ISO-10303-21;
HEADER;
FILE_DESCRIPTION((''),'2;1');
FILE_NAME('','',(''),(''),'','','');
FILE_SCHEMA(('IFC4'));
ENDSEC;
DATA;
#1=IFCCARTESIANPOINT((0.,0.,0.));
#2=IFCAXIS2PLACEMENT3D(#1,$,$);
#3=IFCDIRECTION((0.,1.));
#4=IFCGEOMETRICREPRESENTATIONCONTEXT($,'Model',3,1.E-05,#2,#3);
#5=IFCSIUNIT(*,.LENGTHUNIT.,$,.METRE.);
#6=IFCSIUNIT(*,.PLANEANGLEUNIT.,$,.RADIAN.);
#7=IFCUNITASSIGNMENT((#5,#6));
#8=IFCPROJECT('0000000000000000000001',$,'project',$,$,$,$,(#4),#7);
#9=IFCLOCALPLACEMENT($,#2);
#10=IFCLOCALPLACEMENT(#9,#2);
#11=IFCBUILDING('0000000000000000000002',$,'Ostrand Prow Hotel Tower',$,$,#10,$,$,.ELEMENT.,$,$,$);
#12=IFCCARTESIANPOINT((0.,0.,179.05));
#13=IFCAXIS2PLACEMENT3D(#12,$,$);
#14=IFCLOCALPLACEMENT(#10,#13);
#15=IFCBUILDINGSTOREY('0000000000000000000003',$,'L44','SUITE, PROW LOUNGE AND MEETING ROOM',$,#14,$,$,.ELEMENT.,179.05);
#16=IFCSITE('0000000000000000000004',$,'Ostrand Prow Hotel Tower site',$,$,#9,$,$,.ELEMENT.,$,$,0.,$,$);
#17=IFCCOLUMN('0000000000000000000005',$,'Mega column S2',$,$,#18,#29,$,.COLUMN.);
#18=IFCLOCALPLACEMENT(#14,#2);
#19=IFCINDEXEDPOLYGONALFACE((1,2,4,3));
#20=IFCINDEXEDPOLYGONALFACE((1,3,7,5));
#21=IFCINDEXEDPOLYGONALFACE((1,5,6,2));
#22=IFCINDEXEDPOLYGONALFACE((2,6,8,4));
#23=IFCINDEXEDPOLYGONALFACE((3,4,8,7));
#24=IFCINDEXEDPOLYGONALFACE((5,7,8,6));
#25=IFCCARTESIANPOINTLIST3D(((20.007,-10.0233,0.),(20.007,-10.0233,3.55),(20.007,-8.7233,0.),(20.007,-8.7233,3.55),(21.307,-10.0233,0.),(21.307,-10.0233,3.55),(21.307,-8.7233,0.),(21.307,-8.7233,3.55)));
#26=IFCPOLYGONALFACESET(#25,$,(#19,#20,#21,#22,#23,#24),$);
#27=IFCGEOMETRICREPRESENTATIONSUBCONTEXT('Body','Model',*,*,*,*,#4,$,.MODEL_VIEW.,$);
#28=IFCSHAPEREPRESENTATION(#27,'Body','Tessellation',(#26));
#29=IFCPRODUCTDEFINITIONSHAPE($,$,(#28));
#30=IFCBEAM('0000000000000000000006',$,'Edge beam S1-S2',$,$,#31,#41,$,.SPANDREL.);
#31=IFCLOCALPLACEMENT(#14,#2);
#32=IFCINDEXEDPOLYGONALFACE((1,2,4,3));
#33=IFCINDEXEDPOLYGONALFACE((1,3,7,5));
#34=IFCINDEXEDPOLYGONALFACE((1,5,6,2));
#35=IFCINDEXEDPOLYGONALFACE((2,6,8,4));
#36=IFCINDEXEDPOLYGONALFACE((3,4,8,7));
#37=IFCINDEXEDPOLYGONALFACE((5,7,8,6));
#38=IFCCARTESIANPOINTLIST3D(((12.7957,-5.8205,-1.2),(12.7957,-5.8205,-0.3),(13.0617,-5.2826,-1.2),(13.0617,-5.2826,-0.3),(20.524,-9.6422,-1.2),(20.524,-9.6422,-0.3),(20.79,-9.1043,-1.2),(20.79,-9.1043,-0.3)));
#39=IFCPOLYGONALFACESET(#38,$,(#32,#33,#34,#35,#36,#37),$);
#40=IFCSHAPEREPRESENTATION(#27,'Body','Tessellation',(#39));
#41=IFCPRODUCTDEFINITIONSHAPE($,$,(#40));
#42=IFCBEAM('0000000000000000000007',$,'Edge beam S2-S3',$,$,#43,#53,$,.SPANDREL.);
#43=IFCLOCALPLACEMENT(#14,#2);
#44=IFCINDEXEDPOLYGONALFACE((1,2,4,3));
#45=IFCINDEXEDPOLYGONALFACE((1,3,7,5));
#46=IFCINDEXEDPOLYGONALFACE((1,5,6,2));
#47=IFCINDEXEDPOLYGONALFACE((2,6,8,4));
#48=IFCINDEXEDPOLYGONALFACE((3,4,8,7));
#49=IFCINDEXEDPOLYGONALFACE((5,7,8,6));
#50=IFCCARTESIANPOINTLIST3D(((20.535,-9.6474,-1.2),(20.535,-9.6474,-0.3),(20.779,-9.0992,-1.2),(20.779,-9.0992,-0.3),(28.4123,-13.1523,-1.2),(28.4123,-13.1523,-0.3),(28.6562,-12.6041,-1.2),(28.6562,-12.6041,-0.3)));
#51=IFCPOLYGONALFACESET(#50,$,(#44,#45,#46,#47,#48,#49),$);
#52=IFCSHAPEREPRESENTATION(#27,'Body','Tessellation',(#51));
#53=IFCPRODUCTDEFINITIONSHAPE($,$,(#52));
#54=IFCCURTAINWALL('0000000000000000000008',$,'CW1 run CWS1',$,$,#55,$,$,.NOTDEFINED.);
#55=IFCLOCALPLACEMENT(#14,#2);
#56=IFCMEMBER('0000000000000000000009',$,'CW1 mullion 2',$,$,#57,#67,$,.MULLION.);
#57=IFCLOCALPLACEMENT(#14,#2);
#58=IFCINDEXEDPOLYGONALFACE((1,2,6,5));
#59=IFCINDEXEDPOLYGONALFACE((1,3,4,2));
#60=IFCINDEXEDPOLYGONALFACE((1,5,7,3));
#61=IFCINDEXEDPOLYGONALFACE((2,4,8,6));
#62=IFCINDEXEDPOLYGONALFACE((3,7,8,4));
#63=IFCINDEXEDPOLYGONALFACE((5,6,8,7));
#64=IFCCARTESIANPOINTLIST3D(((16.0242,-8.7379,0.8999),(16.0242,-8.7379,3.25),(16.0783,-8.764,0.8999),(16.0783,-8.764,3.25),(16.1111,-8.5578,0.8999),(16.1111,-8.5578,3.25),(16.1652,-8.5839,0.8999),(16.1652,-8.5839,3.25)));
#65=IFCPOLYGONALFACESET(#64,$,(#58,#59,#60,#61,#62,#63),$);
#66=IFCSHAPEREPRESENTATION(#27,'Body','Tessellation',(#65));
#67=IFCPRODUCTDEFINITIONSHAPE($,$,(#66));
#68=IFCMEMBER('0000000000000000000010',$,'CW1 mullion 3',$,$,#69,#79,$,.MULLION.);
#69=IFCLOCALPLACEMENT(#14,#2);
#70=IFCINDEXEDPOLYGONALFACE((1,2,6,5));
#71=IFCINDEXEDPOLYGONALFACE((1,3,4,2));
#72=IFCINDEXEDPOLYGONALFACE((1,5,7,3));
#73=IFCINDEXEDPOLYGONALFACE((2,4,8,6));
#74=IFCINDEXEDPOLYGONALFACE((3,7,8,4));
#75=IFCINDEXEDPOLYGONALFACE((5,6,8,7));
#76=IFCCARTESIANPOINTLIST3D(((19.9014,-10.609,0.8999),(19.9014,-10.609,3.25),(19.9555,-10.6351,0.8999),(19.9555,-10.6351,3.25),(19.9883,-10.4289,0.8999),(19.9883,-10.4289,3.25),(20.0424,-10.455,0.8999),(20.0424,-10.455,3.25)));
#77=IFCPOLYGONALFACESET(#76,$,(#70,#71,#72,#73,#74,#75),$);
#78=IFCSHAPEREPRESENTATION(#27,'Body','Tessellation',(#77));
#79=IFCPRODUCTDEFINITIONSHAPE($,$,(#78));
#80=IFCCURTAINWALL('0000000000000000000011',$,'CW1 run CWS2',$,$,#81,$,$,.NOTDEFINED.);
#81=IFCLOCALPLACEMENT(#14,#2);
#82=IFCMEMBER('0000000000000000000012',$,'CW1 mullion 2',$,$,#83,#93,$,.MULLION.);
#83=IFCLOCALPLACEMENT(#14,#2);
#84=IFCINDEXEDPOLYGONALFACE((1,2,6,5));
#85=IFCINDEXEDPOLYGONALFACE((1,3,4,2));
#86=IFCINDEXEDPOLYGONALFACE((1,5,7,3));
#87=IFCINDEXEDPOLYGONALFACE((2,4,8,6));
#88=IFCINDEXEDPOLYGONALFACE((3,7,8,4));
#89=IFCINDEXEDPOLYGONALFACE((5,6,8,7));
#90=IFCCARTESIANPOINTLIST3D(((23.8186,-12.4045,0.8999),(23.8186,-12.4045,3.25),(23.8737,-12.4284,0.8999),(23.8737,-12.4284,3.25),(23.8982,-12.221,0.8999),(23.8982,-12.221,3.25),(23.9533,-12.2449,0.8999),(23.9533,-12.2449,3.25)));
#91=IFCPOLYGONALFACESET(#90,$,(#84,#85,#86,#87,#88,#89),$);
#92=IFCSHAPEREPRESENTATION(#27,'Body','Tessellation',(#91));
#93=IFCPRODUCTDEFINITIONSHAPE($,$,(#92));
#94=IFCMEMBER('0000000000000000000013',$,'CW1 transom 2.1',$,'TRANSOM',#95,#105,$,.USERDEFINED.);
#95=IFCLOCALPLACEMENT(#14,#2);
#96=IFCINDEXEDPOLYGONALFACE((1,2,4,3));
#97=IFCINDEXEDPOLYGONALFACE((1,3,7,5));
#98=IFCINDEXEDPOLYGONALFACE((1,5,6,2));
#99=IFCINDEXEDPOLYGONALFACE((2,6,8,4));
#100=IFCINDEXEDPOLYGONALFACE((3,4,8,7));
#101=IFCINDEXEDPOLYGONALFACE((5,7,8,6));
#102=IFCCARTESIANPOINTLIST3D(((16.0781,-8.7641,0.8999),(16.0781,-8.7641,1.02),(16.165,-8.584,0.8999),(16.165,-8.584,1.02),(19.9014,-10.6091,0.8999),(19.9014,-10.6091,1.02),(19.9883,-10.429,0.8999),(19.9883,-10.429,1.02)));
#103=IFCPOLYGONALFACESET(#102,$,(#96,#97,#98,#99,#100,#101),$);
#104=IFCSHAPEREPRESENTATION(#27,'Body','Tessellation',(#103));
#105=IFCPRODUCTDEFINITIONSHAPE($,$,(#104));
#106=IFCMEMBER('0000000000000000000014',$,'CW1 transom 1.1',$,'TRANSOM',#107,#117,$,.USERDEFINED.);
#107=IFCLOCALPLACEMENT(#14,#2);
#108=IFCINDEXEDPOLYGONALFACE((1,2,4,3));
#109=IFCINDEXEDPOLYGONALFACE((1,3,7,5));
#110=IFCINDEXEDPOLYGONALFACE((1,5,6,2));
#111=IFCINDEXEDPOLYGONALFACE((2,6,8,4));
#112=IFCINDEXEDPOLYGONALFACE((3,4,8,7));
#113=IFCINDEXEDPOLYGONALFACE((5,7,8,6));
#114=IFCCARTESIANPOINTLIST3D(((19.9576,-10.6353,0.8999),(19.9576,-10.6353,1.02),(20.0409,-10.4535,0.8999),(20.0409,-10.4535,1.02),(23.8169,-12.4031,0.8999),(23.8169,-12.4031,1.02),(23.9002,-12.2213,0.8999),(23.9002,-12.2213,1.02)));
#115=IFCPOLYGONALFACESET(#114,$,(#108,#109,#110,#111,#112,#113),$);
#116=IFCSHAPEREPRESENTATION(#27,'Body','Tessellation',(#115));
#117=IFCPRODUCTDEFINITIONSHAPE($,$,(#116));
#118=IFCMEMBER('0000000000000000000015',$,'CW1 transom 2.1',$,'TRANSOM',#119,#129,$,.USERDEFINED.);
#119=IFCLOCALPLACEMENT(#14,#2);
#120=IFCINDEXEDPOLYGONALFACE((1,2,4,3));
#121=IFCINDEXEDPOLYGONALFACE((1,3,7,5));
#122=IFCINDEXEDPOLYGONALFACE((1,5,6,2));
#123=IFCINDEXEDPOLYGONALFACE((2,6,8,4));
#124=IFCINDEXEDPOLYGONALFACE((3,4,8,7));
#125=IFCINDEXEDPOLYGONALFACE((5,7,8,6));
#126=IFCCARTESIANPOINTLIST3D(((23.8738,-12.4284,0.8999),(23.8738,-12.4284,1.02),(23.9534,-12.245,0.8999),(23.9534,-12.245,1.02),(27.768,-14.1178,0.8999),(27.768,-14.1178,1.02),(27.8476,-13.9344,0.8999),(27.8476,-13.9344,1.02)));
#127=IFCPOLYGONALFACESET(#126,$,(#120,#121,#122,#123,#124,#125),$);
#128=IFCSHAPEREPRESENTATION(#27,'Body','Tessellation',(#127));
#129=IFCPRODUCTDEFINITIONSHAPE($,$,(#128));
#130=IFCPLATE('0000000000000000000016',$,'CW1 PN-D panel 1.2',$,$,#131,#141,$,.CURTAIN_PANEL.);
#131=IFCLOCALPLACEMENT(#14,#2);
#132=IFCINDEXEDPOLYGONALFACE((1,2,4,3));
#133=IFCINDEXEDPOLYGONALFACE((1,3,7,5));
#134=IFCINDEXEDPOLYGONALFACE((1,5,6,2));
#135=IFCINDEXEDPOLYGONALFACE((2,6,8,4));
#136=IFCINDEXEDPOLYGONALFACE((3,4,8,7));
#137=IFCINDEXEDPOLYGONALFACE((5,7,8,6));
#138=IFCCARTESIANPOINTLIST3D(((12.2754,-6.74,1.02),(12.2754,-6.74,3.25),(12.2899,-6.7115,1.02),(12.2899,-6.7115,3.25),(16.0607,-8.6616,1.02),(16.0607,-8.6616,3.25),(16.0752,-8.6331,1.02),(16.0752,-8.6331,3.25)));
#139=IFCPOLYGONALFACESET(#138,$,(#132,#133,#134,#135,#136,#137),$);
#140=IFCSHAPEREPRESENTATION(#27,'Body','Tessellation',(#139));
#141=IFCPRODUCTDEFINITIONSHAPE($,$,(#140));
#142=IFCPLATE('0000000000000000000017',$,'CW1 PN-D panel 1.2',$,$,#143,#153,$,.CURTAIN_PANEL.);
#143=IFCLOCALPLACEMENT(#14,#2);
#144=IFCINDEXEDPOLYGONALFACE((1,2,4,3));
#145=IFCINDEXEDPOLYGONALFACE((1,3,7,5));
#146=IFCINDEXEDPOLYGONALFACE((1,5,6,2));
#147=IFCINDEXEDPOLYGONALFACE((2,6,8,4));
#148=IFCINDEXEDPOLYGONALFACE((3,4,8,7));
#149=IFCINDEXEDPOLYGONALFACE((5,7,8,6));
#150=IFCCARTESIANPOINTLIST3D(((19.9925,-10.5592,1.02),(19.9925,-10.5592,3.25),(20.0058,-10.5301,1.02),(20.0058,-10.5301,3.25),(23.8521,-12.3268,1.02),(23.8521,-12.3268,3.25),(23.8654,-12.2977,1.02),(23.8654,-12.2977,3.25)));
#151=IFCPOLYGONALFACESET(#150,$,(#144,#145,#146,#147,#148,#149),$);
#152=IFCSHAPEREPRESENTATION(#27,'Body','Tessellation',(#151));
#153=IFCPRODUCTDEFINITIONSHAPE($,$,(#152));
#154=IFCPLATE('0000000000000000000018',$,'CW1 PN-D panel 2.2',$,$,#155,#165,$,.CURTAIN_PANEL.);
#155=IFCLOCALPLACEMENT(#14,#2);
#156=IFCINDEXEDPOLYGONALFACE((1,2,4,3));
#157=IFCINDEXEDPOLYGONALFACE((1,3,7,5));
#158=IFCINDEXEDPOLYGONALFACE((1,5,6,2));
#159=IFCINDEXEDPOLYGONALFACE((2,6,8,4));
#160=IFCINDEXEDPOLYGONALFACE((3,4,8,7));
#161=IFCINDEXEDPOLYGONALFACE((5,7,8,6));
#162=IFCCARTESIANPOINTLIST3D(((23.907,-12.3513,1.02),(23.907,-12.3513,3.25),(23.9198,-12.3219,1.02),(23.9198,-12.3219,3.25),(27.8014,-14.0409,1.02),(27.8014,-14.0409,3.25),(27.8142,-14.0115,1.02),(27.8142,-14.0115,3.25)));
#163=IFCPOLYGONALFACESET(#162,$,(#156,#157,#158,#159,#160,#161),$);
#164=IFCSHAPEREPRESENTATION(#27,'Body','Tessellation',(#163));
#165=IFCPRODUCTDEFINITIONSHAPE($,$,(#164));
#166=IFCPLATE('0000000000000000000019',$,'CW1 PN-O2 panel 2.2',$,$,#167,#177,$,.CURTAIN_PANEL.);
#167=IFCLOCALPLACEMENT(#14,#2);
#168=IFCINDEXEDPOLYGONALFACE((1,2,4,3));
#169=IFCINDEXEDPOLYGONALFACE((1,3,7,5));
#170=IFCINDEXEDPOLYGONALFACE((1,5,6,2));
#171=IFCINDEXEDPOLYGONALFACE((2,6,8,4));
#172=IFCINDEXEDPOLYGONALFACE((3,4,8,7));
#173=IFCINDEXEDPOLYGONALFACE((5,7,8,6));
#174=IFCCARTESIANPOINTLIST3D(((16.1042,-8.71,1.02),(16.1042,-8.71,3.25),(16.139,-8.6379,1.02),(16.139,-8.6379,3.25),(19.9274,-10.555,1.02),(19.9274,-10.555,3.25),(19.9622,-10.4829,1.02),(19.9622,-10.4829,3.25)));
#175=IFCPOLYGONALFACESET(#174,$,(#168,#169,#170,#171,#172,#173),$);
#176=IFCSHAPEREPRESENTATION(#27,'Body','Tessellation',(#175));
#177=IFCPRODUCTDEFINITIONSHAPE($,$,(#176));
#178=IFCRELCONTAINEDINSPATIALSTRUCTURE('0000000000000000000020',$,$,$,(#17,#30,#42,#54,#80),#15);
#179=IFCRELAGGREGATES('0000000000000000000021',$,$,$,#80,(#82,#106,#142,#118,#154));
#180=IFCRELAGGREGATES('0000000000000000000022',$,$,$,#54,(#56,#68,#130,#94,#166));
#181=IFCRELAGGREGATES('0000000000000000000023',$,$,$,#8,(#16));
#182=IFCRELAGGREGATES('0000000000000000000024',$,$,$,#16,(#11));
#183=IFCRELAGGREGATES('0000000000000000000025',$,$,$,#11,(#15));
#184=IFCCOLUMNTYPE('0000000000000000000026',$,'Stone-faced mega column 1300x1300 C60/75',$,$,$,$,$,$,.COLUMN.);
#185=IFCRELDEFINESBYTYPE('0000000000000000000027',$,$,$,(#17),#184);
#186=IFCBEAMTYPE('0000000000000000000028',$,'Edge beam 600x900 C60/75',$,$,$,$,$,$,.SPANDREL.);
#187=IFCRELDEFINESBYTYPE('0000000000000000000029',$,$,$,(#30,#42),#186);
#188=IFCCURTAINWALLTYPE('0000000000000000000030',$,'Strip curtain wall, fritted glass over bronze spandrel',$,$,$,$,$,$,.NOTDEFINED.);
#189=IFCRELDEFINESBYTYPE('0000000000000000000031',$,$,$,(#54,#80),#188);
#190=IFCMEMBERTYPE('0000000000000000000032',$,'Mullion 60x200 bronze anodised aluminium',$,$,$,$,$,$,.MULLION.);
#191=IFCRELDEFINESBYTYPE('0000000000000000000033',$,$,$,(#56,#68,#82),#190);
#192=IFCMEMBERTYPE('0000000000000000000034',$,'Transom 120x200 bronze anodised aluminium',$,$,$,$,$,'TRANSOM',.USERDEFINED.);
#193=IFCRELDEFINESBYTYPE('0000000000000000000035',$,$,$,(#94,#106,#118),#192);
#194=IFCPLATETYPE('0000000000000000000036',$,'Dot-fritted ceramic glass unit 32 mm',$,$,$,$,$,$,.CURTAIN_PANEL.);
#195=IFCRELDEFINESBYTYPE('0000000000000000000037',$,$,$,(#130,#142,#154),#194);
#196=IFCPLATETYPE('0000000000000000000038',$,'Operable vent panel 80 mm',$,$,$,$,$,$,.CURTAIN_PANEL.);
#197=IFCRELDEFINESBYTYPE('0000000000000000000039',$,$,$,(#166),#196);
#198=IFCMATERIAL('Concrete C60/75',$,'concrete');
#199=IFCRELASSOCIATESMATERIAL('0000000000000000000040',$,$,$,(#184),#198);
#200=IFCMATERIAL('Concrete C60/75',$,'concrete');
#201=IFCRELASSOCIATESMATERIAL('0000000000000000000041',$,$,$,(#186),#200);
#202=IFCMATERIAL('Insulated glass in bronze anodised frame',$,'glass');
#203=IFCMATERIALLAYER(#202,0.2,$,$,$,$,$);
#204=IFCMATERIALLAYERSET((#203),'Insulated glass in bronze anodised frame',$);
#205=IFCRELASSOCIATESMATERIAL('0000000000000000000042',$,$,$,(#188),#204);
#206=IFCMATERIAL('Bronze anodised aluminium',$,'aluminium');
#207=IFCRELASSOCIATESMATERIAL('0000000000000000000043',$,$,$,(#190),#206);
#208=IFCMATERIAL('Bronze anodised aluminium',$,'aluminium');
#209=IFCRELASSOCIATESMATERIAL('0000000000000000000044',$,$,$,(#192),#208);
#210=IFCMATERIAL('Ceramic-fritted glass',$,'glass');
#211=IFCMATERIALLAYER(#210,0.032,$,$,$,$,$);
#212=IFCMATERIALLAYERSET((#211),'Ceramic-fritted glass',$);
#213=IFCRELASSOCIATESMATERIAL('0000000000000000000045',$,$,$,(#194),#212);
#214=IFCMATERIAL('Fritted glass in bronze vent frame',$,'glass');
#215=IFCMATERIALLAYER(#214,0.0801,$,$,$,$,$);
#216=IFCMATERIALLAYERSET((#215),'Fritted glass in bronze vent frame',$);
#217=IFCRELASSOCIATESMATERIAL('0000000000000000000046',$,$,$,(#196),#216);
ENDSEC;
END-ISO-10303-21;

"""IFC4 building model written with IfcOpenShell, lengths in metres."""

from ifc_helpers import new_model, si_unit, direction, frame, origin, origin_2d, place, context, subcontext, project, spatial, rectangle, extrude, material, layer, layer_set, material_profile, profile_set, type_object, element, aggregate, save


model = new_model("IFC4")

# Units and contexts
model_context = context("Model", 3, precision=1e-05, world=origin(), true_north=direction((0.0, 1.0)))
body_context = subcontext(model_context, "Body", "Model", "MODEL_VIEW")
ifc_project = project(units=[si_unit("LENGTHUNIT", "METRE"), si_unit("PLANEANGLEUNIT", "RADIAN")], contexts=[model_context])

# Site, building, storey
site_placement = place(None, origin())
site = spatial("IfcSite", under=ifc_project, at=site_placement, Name="Ostrand Prow Hotel Tower site", CompositionType="ELEMENT", RefElevation=0.0)
building_placement = place(site_placement, origin())
building = spatial("IfcBuilding", under=site, at=building_placement, Name="Ostrand Prow Hotel Tower", CompositionType="ELEMENT")
storey_placement = place(building_placement, frame((0.0, 0.0, 179.05)))
storey = spatial("IfcBuildingStorey", under=building, at=storey_placement, Name="L44", Description="SUITE, PROW LOUNGE AND MEETING ROOM", CompositionType="ELEMENT", Elevation=179.05)

# Column
ifc_material_1 = material(Name="Concrete C60/75", Category="concrete")
ifc_material_profile_1 = material_profile(ifc_material_1, rectangle(XDim=1.3, YDim=1.3, at=origin_2d()), Name="RC 1300x1300")
ifc_profile_set_1 = profile_set([ifc_material_profile_1], Name="Concrete C60/75")
column_type = type_object("IfcColumnType", Name="Stone-faced mega column 1300x1300 C60/75", PredefinedType="COLUMN", material=ifc_profile_set_1)
column_placement = place(storey_placement, frame((20.657, -9.3733, 0.0), z_axis=(0.0, 0.0, 1.0), x_axis=(1.0, 0.0, 0.0)))
element("IfcColumn", 1, at=column_placement, inside=storey, type_object=column_type, Name="Mega column S2", PredefinedType="COLUMN", context=body_context, shape_type="SweptSolid", body=[
    extrude(rectangle(XDim=1.3, YDim=1.3, at=origin_2d()), origin(), (0.0, 0.0, 1.0), 3.55),
])

# Beams
ifc_material_2 = material(Name="Concrete C60/75", Category="concrete")
ifc_material_profile_2 = material_profile(ifc_material_2, rectangle(XDim=0.6001, YDim=0.8999, at=origin_2d()), Name="RC 600x900")
ifc_profile_set_2 = profile_set([ifc_material_profile_2], Name="Concrete C60/75")
beam_type = type_object("IfcBeamType", Name="Edge beam 600x900 C60/75", PredefinedType="SPANDREL", material=ifc_profile_set_2)
beam_1_placement = place(storey_placement, frame((12.9287, -5.5515, -0.75), z_axis=(0.896384, -0.443279, 0.0), x_axis=(0.443279, 0.896384, 0.0)))
element("IfcBeam", 2, at=beam_1_placement, inside=storey, type_object=beam_type, Name="Edge beam S1-S2", PredefinedType="SPANDREL", context=body_context, shape_type="SweptSolid", body=[
    extrude(rectangle(XDim=0.6001, YDim=0.8999, at=origin_2d()), origin(), (0.0, 0.0, 1.0), 8.6216),
])
beam_2_placement = place(storey_placement, frame((20.657, -9.3733, -0.75), z_axis=(0.913643, -0.406517, 0.0), x_axis=(0.406517, 0.913643, 0.0)))
element("IfcBeam", 3, at=beam_2_placement, inside=storey, type_object=beam_type, Name="Edge beam S2-S3", PredefinedType="SPANDREL", context=body_context, shape_type="SweptSolid", body=[
    extrude(rectangle(XDim=0.6001, YDim=0.8999, at=origin_2d()), origin(), (0.0, 0.0, 1.0), 8.6218),
])

# Curtain wall, members
ifc_material_3 = material(Name="Insulated glass in bronze anodised frame", Category="glass")
ifc_layer_1 = layer(ifc_material_3, 0.2)
ifc_layer_set_1 = layer_set([ifc_layer_1], Name="Insulated glass in bronze anodised frame")
curtain_wall_type = type_object("IfcCurtainWallType", Name="Strip curtain wall, fritted glass over bronze spandrel", PredefinedType="NOTDEFINED", material=ifc_layer_set_1)
curtain_wall_1_placement = place(storey_placement, origin())
curtain_wall_1 = element("IfcCurtainWall", 4, at=curtain_wall_1_placement, inside=storey, type_object=curtain_wall_type, Name="CW1 run CWS1", PredefinedType="NOTDEFINED")
ifc_material_4 = material(Name="Bronze anodised aluminium", Category="aluminium")
ifc_material_profile_3 = material_profile(ifc_material_4, rectangle(XDim=0.2, YDim=0.0601, at=origin_2d()), Name="Mullion 60x200 bronze anodised aluminium")
ifc_profile_set_3 = profile_set([ifc_material_profile_3], Name="Bronze anodised aluminium")
member_type_1 = type_object("IfcMemberType", Name="Mullion 60x200 bronze anodised aluminium", PredefinedType="MULLION", material=ifc_profile_set_3)
member_1_placement = place(storey_placement, frame((16.0947, -8.6609, 0.8999), z_axis=(0.0, 0.0, 1.0), x_axis=(0.434615, 0.900616, 0.0)))
member_1 = element("IfcMember", 5, at=member_1_placement, type_object=member_type_1, Name="CW1 mullion 2", PredefinedType="MULLION", context=body_context, shape_type="SweptSolid", body=[
    extrude(rectangle(XDim=0.2, YDim=0.0601, at=origin_2d()), origin(), (0.0, 0.0, 1.0), 2.3501),
])
member_2_placement = place(storey_placement, frame((19.9719, -10.532, 0.8999), z_axis=(0.0, 0.0, 1.0), x_axis=(0.434615, 0.900616, 0.0)))
member_2 = element("IfcMember", 6, at=member_2_placement, type_object=member_type_1, Name="CW1 mullion 3", PredefinedType="MULLION", context=body_context, shape_type="SweptSolid", body=[
    extrude(rectangle(XDim=0.2, YDim=0.0601, at=origin_2d()), origin(), (0.0, 0.0, 1.0), 2.3501),
])

# Curtain wall, member
curtain_wall_2_placement = place(storey_placement, origin())
curtain_wall_2 = element("IfcCurtainWall", 7, at=curtain_wall_2_placement, inside=storey, type_object=curtain_wall_type, Name="CW1 run CWS2", PredefinedType="NOTDEFINED")
member_3_placement = place(storey_placement, frame((23.886, -12.3247, 0.8999), z_axis=(0.0, 0.0, 1.0), x_axis=(0.398005, 0.917383, 0.0)))
member_3 = element("IfcMember", 8, at=member_3_placement, type_object=member_type_1, Name="CW1 mullion 2", PredefinedType="MULLION", context=body_context, shape_type="SweptSolid", body=[
    extrude(rectangle(XDim=0.2, YDim=0.0601, at=origin_2d()), origin(), (0.0, 0.0, 1.0), 2.3501),
])

# Members
ifc_material_5 = material(Name="Bronze anodised aluminium", Category="aluminium")
ifc_material_profile_4 = material_profile(ifc_material_5, rectangle(XDim=0.2, YDim=0.1201, at=origin_2d()), Name="Transom 120x200 bronze anodised aluminium")
ifc_profile_set_4 = profile_set([ifc_material_profile_4], Name="Bronze anodised aluminium")
member_type_2 = type_object("IfcMemberType", Name="Transom 120x200 bronze anodised aluminium", ElementType="TRANSOM", PredefinedType="USERDEFINED", material=ifc_profile_set_4)
member_4_placement = place(storey_placement, frame((16.1216, -8.6741, 0.96), z_axis=(0.900619, -0.434609, 0.0), x_axis=(0.434609, 0.900619, 0.0)))
member_4 = element("IfcMember", 9, at=member_4_placement, type_object=member_type_2, Name="CW1 transom 2.1", ObjectType="TRANSOM", PredefinedType="USERDEFINED", context=body_context, shape_type="SweptSolid", body=[
    extrude(rectangle(XDim=0.2, YDim=0.1201, at=origin_2d()), origin(), (0.0, 0.0, 1.0), 4.2451),
])
member_5_placement = place(storey_placement, frame((19.9993, -10.5444, 0.96), z_axis=(0.909159, -0.416449, 0.0), x_axis=(0.416449, 0.909159, 0.0)))
member_5 = element("IfcMember", 10, at=member_5_placement, type_object=member_type_2, Name="CW1 transom 1.1", ObjectType="TRANSOM", PredefinedType="USERDEFINED", context=body_context, shape_type="SweptSolid", body=[
    extrude(rectangle(XDim=0.2, YDim=0.1201, at=origin_2d()), origin(), (0.0, 0.0, 1.0), 4.2449),
])
member_6_placement = place(storey_placement, frame((23.9136, -12.3367, 0.96), z_axis=(0.91739, -0.39799, 0.0), x_axis=(0.39799, 0.91739, 0.0)))
member_6 = element("IfcMember", 11, at=member_6_placement, type_object=member_type_2, Name="CW1 transom 2.1", ObjectType="TRANSOM", PredefinedType="USERDEFINED", context=body_context, shape_type="SweptSolid", body=[
    extrude(rectangle(XDim=0.2, YDim=0.1201, at=origin_2d()), origin(), (0.0, 0.0, 1.0), 4.2449),
])

# Plates
ifc_material_6 = material(Name="Ceramic-fritted glass", Category="glass")
ifc_layer_2 = layer(ifc_material_6, 0.032)
ifc_layer_set_2 = layer_set([ifc_layer_2], Name="Ceramic-fritted glass")
plate_type_1 = type_object("IfcPlateType", Name="Dot-fritted ceramic glass unit 32 mm", PredefinedType="CURTAIN_PANEL", material=ifc_layer_set_2)
plate_1_placement = place(storey_placement, frame((14.1753, -7.6865, 1.02), z_axis=(0.0, 0.0, 1.0), x_axis=(0.891684, -0.452659, 0.0)))
plate_1 = element("IfcPlate", 12, at=plate_1_placement, type_object=plate_type_1, Name="CW1 PN-D panel 1.2", PredefinedType="CURTAIN_PANEL", context=body_context, shape_type="SweptSolid", body=[
    extrude(rectangle(XDim=4.2451, YDim=0.032, at=origin_2d()), origin(), (0.0, 0.0, 1.0), 2.23),
])
plate_2_placement = place(storey_placement, frame((21.929, -11.4285, 1.02), z_axis=(0.0, 0.0, 1.0), x_axis=(0.909185, -0.416393, 0.0)))
plate_2 = element("IfcPlate", 13, at=plate_2_placement, type_object=plate_type_1, Name="CW1 PN-D panel 1.2", PredefinedType="CURTAIN_PANEL", context=body_context, shape_type="SweptSolid", body=[
    extrude(rectangle(XDim=4.2451, YDim=0.032, at=origin_2d()), origin(), (0.0, 0.0, 1.0), 2.23),
])
plate_3_placement = place(storey_placement, frame((25.8606, -13.1814, 1.02), z_axis=(0.0, 0.0, 1.0), x_axis=(0.917383, -0.398005, 0.0)))
plate_3 = element("IfcPlate", 14, at=plate_3_placement, type_object=plate_type_1, Name="CW1 PN-D panel 2.2", PredefinedType="CURTAIN_PANEL", context=body_context, shape_type="SweptSolid", body=[
    extrude(rectangle(XDim=4.2451, YDim=0.032, at=origin_2d()), origin(), (0.0, 0.0, 1.0), 2.23),
])
aggregate(curtain_wall_2, [member_3, member_5, plate_2, member_6, plate_3])
ifc_material_7 = material(Name="Fritted glass in bronze vent frame", Category="glass")
ifc_layer_3 = layer(ifc_material_7, 0.0801)
ifc_layer_set_3 = layer_set([ifc_layer_3], Name="Fritted glass in bronze vent frame")
plate_type_2 = type_object("IfcPlateType", Name="Operable vent panel 80 mm", PredefinedType="CURTAIN_PANEL", material=ifc_layer_set_3)
plate_4_placement = place(storey_placement, frame((18.0332, -9.5964, 1.02), z_axis=(0.0, 0.0, 1.0), x_axis=(0.900616, -0.434615, 0.0)))
plate_4 = element("IfcPlate", 15, at=plate_4_placement, type_object=plate_type_2, Name="CW1 PN-O2 panel 2.2", PredefinedType="CURTAIN_PANEL", context=body_context, shape_type="SweptSolid", body=[
    extrude(rectangle(XDim=4.2451, YDim=0.0801, at=origin_2d()), origin(), (0.0, 0.0, 1.0), 2.23),
])
aggregate(curtain_wall_1, [member_1, member_2, plate_1, member_4, plate_4])

save(model, "model.ifc")
